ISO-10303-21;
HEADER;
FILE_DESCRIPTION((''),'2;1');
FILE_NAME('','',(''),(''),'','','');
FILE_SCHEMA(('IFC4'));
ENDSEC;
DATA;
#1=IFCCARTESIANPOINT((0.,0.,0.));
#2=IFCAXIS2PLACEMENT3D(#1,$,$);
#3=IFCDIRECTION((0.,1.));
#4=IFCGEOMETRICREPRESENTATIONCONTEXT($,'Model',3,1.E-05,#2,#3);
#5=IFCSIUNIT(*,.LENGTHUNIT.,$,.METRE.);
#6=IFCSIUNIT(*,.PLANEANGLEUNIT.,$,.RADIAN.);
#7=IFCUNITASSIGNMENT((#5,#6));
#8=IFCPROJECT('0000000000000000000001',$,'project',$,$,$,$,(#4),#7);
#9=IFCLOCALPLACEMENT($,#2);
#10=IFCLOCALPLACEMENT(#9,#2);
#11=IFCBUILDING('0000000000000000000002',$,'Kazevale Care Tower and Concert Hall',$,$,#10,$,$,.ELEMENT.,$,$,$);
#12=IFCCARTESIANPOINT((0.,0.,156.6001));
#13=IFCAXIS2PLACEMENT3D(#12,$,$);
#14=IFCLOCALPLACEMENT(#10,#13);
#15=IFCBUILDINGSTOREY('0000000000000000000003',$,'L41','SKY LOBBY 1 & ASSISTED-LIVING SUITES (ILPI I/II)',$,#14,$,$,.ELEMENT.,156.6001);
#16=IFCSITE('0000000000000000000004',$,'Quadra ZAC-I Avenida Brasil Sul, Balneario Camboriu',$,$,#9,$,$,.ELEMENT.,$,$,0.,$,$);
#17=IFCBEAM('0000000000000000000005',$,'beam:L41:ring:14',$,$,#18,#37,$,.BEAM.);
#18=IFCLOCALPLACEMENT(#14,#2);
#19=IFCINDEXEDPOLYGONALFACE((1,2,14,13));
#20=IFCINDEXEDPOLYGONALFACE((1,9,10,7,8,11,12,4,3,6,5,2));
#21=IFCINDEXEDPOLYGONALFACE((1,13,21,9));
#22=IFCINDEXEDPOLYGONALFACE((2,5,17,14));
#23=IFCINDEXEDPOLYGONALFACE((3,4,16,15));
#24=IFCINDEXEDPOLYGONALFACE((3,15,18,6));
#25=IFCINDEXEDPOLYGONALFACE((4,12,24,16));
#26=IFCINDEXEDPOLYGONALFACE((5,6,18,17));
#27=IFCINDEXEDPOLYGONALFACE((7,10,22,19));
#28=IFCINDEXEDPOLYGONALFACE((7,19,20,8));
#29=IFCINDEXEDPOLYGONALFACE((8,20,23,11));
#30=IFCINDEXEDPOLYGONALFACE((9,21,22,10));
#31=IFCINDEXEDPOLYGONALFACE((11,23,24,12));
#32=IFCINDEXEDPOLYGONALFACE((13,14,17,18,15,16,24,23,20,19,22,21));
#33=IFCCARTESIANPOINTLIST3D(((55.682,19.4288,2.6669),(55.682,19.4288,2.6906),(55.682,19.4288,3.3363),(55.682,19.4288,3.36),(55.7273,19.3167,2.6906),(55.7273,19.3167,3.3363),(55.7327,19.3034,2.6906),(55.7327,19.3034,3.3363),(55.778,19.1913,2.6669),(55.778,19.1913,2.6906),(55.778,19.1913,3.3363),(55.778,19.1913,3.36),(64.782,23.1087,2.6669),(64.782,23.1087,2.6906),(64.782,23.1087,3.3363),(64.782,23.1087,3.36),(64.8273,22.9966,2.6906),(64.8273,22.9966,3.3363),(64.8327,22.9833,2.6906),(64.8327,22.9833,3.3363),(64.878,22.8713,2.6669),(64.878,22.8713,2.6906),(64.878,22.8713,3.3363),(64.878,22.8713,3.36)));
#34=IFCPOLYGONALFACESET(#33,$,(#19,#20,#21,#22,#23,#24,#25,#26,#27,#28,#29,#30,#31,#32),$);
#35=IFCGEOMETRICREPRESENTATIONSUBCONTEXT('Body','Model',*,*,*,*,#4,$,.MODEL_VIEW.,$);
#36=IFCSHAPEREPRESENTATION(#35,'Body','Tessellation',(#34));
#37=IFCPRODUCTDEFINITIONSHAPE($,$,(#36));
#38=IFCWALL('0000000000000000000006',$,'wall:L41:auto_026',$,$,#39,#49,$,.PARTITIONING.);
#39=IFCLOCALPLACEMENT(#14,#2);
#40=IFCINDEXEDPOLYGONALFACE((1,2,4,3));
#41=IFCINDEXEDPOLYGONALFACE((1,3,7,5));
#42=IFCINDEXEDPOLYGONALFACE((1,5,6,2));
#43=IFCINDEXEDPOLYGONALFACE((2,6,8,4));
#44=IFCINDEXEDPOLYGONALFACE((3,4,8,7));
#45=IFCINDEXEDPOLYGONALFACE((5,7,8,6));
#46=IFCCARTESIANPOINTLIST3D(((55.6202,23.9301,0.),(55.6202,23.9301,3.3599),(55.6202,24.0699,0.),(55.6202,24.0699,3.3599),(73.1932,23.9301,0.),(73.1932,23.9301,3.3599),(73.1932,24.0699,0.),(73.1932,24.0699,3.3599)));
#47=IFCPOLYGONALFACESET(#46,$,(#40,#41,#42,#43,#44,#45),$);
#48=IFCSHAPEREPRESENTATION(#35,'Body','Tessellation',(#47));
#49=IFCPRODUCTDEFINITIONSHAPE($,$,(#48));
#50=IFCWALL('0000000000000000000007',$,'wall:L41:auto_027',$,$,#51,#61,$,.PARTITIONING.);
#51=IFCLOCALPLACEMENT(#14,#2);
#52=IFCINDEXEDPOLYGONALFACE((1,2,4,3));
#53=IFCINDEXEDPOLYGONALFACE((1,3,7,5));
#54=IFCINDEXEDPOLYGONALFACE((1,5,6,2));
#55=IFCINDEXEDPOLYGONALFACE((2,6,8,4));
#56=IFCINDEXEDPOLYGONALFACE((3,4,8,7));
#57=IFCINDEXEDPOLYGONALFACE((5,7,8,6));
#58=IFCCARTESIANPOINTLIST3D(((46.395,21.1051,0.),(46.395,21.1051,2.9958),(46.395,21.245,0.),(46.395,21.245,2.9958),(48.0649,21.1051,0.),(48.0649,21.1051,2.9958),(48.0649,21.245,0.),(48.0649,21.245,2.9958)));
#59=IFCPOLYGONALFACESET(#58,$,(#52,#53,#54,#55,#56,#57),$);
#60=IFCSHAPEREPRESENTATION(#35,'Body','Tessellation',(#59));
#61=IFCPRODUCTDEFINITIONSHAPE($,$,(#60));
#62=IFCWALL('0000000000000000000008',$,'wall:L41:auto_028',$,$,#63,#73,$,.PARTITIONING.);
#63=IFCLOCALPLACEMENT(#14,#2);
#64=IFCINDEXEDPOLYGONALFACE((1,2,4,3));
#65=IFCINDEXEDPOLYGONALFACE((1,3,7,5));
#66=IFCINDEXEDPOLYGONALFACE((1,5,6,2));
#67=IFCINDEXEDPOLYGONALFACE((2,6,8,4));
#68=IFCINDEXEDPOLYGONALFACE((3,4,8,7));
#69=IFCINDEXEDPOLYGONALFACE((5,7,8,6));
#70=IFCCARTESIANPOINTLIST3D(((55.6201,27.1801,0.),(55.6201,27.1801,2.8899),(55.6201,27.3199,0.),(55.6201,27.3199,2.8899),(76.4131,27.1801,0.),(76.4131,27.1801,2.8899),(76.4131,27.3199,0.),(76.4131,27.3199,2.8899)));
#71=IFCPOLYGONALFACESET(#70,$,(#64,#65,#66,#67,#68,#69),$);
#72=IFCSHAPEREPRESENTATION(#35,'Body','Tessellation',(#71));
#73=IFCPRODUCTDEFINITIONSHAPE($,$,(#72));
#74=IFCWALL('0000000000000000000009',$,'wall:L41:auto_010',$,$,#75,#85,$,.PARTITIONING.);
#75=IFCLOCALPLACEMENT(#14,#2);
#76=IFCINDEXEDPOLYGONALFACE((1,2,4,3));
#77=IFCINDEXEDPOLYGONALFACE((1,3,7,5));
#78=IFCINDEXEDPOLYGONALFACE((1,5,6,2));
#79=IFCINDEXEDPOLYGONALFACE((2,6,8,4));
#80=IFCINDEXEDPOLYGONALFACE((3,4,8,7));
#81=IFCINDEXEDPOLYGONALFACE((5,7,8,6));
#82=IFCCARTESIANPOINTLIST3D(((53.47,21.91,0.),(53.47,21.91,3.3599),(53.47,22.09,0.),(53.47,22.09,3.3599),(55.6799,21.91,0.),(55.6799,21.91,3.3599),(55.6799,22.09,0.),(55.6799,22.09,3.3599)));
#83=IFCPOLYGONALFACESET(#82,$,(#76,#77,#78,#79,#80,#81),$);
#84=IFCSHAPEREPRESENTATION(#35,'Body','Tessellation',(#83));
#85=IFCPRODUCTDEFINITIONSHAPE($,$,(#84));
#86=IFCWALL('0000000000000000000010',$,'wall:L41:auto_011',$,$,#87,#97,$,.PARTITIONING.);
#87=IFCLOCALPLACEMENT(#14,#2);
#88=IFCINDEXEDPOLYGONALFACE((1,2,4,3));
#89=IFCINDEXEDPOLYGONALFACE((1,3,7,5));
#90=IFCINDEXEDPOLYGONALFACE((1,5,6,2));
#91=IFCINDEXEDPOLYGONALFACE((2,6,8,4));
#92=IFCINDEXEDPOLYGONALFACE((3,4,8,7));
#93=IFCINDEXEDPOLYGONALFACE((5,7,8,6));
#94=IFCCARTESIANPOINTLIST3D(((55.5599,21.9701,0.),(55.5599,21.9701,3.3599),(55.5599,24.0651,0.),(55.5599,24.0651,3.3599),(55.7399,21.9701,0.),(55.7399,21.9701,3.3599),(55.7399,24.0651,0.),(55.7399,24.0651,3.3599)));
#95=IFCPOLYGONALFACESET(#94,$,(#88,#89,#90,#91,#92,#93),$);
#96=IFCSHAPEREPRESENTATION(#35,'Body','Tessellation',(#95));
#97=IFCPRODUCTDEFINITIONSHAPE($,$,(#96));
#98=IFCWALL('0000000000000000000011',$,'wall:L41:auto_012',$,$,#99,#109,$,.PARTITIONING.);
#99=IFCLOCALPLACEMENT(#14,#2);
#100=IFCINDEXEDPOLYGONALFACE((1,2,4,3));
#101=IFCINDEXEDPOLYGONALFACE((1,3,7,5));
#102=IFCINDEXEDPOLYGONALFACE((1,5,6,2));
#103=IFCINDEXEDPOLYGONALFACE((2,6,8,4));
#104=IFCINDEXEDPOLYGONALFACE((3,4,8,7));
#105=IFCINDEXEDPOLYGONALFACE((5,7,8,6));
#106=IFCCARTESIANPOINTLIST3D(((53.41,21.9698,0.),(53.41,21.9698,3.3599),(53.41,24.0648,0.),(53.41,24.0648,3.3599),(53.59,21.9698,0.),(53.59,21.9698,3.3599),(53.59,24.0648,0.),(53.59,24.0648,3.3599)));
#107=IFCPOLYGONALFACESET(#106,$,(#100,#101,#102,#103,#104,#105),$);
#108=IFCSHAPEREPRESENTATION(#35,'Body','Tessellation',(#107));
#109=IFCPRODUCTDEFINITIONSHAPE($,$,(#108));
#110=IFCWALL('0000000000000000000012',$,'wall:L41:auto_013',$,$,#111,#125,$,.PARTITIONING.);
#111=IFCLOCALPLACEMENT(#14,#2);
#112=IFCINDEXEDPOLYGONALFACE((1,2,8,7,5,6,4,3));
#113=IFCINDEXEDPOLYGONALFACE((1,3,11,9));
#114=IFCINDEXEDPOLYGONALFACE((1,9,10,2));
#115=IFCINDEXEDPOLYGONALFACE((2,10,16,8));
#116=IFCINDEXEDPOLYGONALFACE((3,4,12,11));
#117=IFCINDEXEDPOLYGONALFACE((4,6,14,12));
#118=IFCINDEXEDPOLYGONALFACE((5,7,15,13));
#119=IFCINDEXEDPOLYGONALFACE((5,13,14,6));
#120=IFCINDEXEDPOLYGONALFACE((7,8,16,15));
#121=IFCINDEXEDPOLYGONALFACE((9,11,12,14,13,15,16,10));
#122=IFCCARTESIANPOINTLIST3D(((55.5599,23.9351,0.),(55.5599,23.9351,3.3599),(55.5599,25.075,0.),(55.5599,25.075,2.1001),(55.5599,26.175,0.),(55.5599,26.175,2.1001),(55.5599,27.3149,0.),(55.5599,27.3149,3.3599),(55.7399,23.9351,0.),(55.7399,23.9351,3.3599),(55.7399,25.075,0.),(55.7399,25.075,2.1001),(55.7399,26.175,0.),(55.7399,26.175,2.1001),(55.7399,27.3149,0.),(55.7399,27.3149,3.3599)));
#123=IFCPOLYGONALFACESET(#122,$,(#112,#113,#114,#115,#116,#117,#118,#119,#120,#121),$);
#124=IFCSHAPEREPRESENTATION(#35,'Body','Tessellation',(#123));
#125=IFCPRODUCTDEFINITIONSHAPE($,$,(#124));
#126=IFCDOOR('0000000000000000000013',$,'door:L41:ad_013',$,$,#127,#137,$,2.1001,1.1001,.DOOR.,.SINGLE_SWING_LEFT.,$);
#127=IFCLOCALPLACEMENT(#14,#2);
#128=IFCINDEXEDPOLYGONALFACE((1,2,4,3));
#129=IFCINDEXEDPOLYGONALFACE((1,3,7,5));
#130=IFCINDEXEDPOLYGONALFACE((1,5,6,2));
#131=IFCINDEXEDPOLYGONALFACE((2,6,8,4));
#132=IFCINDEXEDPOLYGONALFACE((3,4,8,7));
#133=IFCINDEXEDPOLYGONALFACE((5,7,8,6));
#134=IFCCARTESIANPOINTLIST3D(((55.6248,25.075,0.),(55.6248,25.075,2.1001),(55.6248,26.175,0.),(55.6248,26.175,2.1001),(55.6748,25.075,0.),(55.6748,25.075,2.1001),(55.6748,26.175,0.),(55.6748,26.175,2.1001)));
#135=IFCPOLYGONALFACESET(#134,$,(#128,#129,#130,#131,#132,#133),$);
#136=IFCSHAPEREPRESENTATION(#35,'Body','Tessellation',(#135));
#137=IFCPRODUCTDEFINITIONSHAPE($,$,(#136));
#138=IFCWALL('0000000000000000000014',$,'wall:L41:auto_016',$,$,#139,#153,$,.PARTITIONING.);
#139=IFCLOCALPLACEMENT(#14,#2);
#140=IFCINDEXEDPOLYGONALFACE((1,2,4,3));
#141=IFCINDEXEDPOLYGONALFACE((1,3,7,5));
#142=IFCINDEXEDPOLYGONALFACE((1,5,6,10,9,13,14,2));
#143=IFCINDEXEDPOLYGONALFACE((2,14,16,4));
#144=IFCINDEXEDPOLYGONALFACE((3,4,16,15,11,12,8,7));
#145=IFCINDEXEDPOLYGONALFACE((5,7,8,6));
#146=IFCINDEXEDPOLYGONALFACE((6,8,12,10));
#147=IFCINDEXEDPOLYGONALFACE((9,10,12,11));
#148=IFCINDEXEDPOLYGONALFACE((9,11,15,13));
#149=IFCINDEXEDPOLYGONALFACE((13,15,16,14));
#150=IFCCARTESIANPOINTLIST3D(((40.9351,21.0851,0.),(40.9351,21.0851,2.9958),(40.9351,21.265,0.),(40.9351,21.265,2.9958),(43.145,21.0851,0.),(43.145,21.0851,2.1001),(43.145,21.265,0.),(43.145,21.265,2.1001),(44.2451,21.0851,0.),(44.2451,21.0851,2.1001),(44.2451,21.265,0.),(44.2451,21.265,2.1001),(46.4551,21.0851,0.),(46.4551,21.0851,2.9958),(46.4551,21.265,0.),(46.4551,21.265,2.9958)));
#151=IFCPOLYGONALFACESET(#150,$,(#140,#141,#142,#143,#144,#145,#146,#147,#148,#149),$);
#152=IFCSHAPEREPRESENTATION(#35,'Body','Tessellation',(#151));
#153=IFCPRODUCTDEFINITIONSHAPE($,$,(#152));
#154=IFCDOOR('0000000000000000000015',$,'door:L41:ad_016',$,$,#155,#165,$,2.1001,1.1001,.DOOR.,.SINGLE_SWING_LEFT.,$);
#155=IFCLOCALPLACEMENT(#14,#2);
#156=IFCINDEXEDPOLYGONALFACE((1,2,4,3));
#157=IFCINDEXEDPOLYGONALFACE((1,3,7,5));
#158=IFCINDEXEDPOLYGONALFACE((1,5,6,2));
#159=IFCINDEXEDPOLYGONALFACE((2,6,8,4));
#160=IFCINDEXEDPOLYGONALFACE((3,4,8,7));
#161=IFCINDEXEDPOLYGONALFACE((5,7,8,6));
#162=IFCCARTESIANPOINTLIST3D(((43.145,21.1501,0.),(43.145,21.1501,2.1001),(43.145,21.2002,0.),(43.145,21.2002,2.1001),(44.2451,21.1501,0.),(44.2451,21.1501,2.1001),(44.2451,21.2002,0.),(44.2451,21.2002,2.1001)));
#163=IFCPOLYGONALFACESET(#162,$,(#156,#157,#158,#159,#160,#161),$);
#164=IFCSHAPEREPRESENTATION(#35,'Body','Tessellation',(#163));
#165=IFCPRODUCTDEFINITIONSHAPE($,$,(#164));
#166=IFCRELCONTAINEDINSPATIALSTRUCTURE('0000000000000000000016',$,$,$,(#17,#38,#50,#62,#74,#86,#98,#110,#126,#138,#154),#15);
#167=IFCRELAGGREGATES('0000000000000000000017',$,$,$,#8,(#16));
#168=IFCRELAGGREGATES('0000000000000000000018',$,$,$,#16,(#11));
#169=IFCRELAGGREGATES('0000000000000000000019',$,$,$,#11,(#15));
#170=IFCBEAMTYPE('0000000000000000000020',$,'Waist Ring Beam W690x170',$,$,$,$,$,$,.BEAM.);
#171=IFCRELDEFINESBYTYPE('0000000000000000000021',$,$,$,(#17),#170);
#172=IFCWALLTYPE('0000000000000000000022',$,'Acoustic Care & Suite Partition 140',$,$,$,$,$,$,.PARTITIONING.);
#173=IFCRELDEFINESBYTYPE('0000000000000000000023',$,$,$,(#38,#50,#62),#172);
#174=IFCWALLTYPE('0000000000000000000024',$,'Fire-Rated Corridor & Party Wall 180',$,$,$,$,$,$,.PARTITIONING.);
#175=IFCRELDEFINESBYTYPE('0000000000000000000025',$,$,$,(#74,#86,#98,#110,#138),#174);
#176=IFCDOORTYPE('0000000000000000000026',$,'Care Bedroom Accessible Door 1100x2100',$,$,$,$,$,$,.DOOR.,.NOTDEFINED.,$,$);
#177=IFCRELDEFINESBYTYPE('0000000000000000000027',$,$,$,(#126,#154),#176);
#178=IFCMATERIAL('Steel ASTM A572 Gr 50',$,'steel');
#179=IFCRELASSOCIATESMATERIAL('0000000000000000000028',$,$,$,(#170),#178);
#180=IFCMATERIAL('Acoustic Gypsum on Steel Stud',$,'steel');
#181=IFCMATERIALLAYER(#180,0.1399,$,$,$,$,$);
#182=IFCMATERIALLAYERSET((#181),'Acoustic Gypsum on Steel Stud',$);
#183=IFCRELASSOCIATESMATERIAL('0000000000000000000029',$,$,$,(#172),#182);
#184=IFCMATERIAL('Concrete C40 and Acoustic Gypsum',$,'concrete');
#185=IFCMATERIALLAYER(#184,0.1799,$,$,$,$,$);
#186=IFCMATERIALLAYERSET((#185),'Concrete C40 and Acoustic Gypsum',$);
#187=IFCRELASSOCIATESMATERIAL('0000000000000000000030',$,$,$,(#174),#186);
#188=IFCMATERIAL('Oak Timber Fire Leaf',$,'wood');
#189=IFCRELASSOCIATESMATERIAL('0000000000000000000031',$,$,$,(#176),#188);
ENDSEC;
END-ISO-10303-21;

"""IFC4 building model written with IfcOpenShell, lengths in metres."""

from ifc_helpers import new_model, si_unit, direction, frame, frame_2d, origin, origin_2d, place, context, subcontext, project, spatial, rectangle, i_section, extrude, material, layer, layer_set, material_profile, profile_set, type_object, element, fill, save


model = new_model("IFC4")

# Units and contexts
model_context = context("Model", 3, precision=1e-05, world=origin(), true_north=direction((0.0, 1.0)))
body_context = subcontext(model_context, "Body", "Model", "MODEL_VIEW")
ifc_project = project(units=[si_unit("LENGTHUNIT", "METRE"), si_unit("PLANEANGLEUNIT", "RADIAN")], contexts=[model_context])

# Site, building, storey
site_placement = place(None, origin())
site = spatial("IfcSite", under=ifc_project, at=site_placement, Name="Quadra ZAC-I Avenida Brasil Sul, Balneario Camboriu", CompositionType="ELEMENT", RefElevation=0.0)
building_placement = place(site_placement, origin())
building = spatial("IfcBuilding", under=site, at=building_placement, Name="Kazevale Care Tower and Concert Hall", CompositionType="ELEMENT")
storey_placement = place(building_placement, frame((0.0, 0.0, 156.6001)))
storey = spatial("IfcBuildingStorey", under=building, at=storey_placement, Name="L41", Description="SKY LOBBY 1 & ASSISTED-LIVING SUITES (ILPI I/II)", CompositionType="ELEMENT", Elevation=156.6001)

# Beam
ifc_material_1 = material(Name="Steel ASTM A572 Gr 50", Category="steel")
ifc_material_profile_1 = material_profile(ifc_material_1, i_section(OverallWidth=0.2561, OverallDepth=0.6931, WebThickness=0.0144, FlangeThickness=0.0237, at=origin_2d()), Name="W690x170")
ifc_profile_set_1 = profile_set([ifc_material_profile_1], Name="Steel ASTM A572 Gr 50")
beam_type_1 = type_object("IfcBeamType", Name="Waist Ring Beam W690x170", PredefinedType="BEAM", material=ifc_profile_set_1)
beam_1_placement = place(storey_placement, frame((55.73, 19.3101, 3.0134), z_axis=(0.927069, 0.374892, 0.0), x_axis=(-0.374892, 0.927069, 0.0)))
element("IfcBeam", 1, at=beam_1_placement, inside=storey, type_object=beam_type_1, Name="beam:L41:ring:14", PredefinedType="BEAM", context=body_context, shape_type="SweptSolid", body=[
    extrude(i_section(OverallWidth=0.2561, OverallDepth=0.6931, WebThickness=0.0144, FlangeThickness=0.0237, at=origin_2d()), origin(), (0.0, 0.0, 1.0), 9.8159),
])

# Walls
ifc_material_2 = material(Name="Acoustic Gypsum on Steel Stud", Category="steel")
ifc_layer_1 = layer(ifc_material_2, 0.1399)
ifc_layer_set_1 = layer_set([ifc_layer_1], Name="Acoustic Gypsum on Steel Stud")
wall_type_1 = type_object("IfcWallType", Name="Acoustic Care & Suite Partition 140", PredefinedType="PARTITIONING", material=ifc_layer_set_1)
wall_1_placement = place(storey_placement, frame((55.6201, 24.0, 0.0), z_axis=(0.0, 0.0, 1.0), x_axis=(1.0, 0.0, 0.0)))
element("IfcWall", 2, at=wall_1_placement, inside=storey, type_object=wall_type_1, Name="wall:L41:auto_026", PredefinedType="PARTITIONING", context=body_context, shape_type="SweptSolid", body=[
    extrude(rectangle(XDim=17.573, YDim=0.1399, at=frame_2d((8.7866, 0.0))), origin(), (0.0, 0.0, 1.0), 3.3599),
])
wall_2_placement = place(storey_placement, frame((48.0649, 21.175, 0.0), z_axis=(0.0, 0.0, 1.0), x_axis=(-1.0, 0.0, 0.0)))
element("IfcWall", 3, at=wall_2_placement, inside=storey, type_object=wall_type_1, Name="wall:L41:auto_027", PredefinedType="PARTITIONING", context=body_context, shape_type="SweptSolid", body=[
    extrude(rectangle(XDim=1.6699, YDim=0.1399, at=frame_2d((0.835, 0.0))), origin(), (0.0, 0.0, 1.0), 2.9958),
])
wall_3_placement = place(storey_placement, frame((55.6201, 27.25, 0.0), z_axis=(0.0, 0.0, 1.0), x_axis=(1.0, 0.0, 0.0)))
element("IfcWall", 4, at=wall_3_placement, inside=storey, type_object=wall_type_1, Name="wall:L41:auto_028", PredefinedType="PARTITIONING", context=body_context, shape_type="SweptSolid", body=[
    extrude(rectangle(XDim=20.793, YDim=0.1399, at=frame_2d((10.3965, 0.0))), origin(), (0.0, 0.0, 1.0), 2.8899),
])

# Shared definitions
ifc_material_3 = material(Name="Concrete C40 and Acoustic Gypsum", Category="concrete")
ifc_layer_2 = layer(ifc_material_3, 0.1799)
ifc_layer_set_2 = layer_set([ifc_layer_2], Name="Concrete C40 and Acoustic Gypsum")
wall_type_2 = type_object("IfcWallType", Name="Fire-Rated Corridor & Party Wall 180", PredefinedType="PARTITIONING", material=ifc_layer_set_2)
ifc_material_4 = material(Name="Oak Timber Fire Leaf", Category="wood")

# Walls
wall_4_placement = place(storey_placement, frame((55.6799, 22.0, 0.0), z_axis=(0.0, 0.0, 1.0), x_axis=(-1.0, 0.0, 0.0)))
element("IfcWall", 5, at=wall_4_placement, inside=storey, type_object=wall_type_2, Name="wall:L41:auto_010", PredefinedType="PARTITIONING", context=body_context, shape_type="SweptSolid", body=[
    extrude(rectangle(XDim=2.21, YDim=0.1799, at=frame_2d((1.105, 0.0))), origin(), (0.0, 0.0, 1.0), 3.3599),
])
for number, where, z_axis, x_axis, name in (
    (6, (55.6499, 24.0649, 0.0), (0.0, 0.0, 1.0), (0.0, -1.0, 0.0), "wall:L41:auto_011"),
    (7, (53.5, 21.97, 0.0), (0.0, 0.0, 1.0), (0.0, 1.0, 0.0), "wall:L41:auto_012"),
):
    element("IfcWall", number, at=place(storey_placement, frame(where, z_axis=z_axis, x_axis=x_axis)), inside=storey, type_object=wall_type_2, Name=name, PredefinedType="PARTITIONING", context=body_context, shape_type="SweptSolid", body=[
        extrude(rectangle(XDim=2.095, YDim=0.1799, at=frame_2d((1.0474, 0.0))), origin(), (0.0, 0.0, 1.0), 3.3599),
    ])

# Walls, openings, doors
wall_5_placement = place(storey_placement, frame((55.6499, 27.3149, 0.0), z_axis=(0.0, 0.0, 1.0), x_axis=(0.0, -1.0, 0.0)))
wall_5 = element("IfcWall", 8, at=wall_5_placement, inside=storey, type_object=wall_type_2, Name="wall:L41:auto_013", PredefinedType="PARTITIONING", context=body_context, shape_type="SweptSolid", body=[
    extrude(rectangle(XDim=3.3799, YDim=0.1799, at=frame_2d((1.6899, 0.0))), origin(), (0.0, 0.0, 1.0), 3.3599),
])
opening_1_placement = place(wall_5_placement, frame((1.1399, 0.0, 0.0)))
opening_1 = element("IfcOpeningElement", 9, at=opening_1_placement, cuts=wall_5, PredefinedType="OPENING", context=body_context, shape_type="SweptSolid", body=[
    extrude(rectangle(XDim=1.1001, YDim=2.1001, at=frame_2d((0.55, 1.05))), frame((0.0, 0.0999, 0.0), z_axis=(0.0, -1.0, 0.0), x_axis=(1.0, 0.0, 0.0)), (0.0, 0.0, 1.0), 0.2),
])
door_type_1 = type_object("IfcDoorType", Name="Care Bedroom Accessible Door 1100x2100", OperationType="NOTDEFINED", PredefinedType="DOOR", material=ifc_material_4)
door_1_placement = place(opening_1_placement, origin())
door_1 = element("IfcDoor", 10, at=door_1_placement, inside=storey, type_object=door_type_1, Name="door:L41:ad_013", OperationType="SINGLE_SWING_LEFT", OverallHeight=2.1001, OverallWidth=1.1001, PredefinedType="DOOR", context=body_context, shape_type="SweptSolid", body=[
    extrude(rectangle(XDim=1.1001, YDim=2.1001, at=frame_2d((0.55, 1.05))), frame((0.0, 0.0249, 0.0), z_axis=(0.0, -1.0, 0.0), x_axis=(1.0, 0.0, 0.0)), (0.0, 0.0, 1.0), 0.05),
])
fill(opening_1, door_1)
wall_6_placement = place(storey_placement, frame((46.4551, 21.175, 0.0), z_axis=(0.0, 0.0, 1.0), x_axis=(-1.0, 0.0, 0.0)))
wall_6 = element("IfcWall", 11, at=wall_6_placement, inside=storey, type_object=wall_type_2, Name="wall:L41:auto_016", PredefinedType="PARTITIONING", context=body_context, shape_type="SweptSolid", body=[
    extrude(rectangle(XDim=5.52, YDim=0.1799, at=frame_2d((2.76, 0.0))), origin(), (0.0, 0.0, 1.0), 2.9958),
])
opening_2_placement = place(wall_6_placement, frame((2.21, 0.0, 0.0)))
opening_2 = element("IfcOpeningElement", 12, at=opening_2_placement, cuts=wall_6, PredefinedType="OPENING", context=body_context, shape_type="SweptSolid", body=[
    extrude(rectangle(XDim=1.1001, YDim=2.1001, at=frame_2d((0.55, 1.05))), frame((0.0, 0.0999, 0.0), z_axis=(0.0, -1.0, 0.0), x_axis=(1.0, 0.0, 0.0)), (0.0, 0.0, 1.0), 0.2),
])
door_2_placement = place(opening_2_placement, origin())
door_2 = element("IfcDoor", 13, at=door_2_placement, inside=storey, type_object=door_type_1, Name="door:L41:ad_016", OperationType="SINGLE_SWING_LEFT", OverallHeight=2.1001, OverallWidth=1.1001, PredefinedType="DOOR", context=body_context, shape_type="SweptSolid", body=[
    extrude(rectangle(XDim=1.1001, YDim=2.1001, at=frame_2d((0.55, 1.05))), frame((0.0, 0.0249, 0.0), z_axis=(0.0, -1.0, 0.0), x_axis=(1.0, 0.0, 0.0)), (0.0, 0.0, 1.0), 0.05),
])
fill(opening_2, door_2)

save(model, "model.ifc")
